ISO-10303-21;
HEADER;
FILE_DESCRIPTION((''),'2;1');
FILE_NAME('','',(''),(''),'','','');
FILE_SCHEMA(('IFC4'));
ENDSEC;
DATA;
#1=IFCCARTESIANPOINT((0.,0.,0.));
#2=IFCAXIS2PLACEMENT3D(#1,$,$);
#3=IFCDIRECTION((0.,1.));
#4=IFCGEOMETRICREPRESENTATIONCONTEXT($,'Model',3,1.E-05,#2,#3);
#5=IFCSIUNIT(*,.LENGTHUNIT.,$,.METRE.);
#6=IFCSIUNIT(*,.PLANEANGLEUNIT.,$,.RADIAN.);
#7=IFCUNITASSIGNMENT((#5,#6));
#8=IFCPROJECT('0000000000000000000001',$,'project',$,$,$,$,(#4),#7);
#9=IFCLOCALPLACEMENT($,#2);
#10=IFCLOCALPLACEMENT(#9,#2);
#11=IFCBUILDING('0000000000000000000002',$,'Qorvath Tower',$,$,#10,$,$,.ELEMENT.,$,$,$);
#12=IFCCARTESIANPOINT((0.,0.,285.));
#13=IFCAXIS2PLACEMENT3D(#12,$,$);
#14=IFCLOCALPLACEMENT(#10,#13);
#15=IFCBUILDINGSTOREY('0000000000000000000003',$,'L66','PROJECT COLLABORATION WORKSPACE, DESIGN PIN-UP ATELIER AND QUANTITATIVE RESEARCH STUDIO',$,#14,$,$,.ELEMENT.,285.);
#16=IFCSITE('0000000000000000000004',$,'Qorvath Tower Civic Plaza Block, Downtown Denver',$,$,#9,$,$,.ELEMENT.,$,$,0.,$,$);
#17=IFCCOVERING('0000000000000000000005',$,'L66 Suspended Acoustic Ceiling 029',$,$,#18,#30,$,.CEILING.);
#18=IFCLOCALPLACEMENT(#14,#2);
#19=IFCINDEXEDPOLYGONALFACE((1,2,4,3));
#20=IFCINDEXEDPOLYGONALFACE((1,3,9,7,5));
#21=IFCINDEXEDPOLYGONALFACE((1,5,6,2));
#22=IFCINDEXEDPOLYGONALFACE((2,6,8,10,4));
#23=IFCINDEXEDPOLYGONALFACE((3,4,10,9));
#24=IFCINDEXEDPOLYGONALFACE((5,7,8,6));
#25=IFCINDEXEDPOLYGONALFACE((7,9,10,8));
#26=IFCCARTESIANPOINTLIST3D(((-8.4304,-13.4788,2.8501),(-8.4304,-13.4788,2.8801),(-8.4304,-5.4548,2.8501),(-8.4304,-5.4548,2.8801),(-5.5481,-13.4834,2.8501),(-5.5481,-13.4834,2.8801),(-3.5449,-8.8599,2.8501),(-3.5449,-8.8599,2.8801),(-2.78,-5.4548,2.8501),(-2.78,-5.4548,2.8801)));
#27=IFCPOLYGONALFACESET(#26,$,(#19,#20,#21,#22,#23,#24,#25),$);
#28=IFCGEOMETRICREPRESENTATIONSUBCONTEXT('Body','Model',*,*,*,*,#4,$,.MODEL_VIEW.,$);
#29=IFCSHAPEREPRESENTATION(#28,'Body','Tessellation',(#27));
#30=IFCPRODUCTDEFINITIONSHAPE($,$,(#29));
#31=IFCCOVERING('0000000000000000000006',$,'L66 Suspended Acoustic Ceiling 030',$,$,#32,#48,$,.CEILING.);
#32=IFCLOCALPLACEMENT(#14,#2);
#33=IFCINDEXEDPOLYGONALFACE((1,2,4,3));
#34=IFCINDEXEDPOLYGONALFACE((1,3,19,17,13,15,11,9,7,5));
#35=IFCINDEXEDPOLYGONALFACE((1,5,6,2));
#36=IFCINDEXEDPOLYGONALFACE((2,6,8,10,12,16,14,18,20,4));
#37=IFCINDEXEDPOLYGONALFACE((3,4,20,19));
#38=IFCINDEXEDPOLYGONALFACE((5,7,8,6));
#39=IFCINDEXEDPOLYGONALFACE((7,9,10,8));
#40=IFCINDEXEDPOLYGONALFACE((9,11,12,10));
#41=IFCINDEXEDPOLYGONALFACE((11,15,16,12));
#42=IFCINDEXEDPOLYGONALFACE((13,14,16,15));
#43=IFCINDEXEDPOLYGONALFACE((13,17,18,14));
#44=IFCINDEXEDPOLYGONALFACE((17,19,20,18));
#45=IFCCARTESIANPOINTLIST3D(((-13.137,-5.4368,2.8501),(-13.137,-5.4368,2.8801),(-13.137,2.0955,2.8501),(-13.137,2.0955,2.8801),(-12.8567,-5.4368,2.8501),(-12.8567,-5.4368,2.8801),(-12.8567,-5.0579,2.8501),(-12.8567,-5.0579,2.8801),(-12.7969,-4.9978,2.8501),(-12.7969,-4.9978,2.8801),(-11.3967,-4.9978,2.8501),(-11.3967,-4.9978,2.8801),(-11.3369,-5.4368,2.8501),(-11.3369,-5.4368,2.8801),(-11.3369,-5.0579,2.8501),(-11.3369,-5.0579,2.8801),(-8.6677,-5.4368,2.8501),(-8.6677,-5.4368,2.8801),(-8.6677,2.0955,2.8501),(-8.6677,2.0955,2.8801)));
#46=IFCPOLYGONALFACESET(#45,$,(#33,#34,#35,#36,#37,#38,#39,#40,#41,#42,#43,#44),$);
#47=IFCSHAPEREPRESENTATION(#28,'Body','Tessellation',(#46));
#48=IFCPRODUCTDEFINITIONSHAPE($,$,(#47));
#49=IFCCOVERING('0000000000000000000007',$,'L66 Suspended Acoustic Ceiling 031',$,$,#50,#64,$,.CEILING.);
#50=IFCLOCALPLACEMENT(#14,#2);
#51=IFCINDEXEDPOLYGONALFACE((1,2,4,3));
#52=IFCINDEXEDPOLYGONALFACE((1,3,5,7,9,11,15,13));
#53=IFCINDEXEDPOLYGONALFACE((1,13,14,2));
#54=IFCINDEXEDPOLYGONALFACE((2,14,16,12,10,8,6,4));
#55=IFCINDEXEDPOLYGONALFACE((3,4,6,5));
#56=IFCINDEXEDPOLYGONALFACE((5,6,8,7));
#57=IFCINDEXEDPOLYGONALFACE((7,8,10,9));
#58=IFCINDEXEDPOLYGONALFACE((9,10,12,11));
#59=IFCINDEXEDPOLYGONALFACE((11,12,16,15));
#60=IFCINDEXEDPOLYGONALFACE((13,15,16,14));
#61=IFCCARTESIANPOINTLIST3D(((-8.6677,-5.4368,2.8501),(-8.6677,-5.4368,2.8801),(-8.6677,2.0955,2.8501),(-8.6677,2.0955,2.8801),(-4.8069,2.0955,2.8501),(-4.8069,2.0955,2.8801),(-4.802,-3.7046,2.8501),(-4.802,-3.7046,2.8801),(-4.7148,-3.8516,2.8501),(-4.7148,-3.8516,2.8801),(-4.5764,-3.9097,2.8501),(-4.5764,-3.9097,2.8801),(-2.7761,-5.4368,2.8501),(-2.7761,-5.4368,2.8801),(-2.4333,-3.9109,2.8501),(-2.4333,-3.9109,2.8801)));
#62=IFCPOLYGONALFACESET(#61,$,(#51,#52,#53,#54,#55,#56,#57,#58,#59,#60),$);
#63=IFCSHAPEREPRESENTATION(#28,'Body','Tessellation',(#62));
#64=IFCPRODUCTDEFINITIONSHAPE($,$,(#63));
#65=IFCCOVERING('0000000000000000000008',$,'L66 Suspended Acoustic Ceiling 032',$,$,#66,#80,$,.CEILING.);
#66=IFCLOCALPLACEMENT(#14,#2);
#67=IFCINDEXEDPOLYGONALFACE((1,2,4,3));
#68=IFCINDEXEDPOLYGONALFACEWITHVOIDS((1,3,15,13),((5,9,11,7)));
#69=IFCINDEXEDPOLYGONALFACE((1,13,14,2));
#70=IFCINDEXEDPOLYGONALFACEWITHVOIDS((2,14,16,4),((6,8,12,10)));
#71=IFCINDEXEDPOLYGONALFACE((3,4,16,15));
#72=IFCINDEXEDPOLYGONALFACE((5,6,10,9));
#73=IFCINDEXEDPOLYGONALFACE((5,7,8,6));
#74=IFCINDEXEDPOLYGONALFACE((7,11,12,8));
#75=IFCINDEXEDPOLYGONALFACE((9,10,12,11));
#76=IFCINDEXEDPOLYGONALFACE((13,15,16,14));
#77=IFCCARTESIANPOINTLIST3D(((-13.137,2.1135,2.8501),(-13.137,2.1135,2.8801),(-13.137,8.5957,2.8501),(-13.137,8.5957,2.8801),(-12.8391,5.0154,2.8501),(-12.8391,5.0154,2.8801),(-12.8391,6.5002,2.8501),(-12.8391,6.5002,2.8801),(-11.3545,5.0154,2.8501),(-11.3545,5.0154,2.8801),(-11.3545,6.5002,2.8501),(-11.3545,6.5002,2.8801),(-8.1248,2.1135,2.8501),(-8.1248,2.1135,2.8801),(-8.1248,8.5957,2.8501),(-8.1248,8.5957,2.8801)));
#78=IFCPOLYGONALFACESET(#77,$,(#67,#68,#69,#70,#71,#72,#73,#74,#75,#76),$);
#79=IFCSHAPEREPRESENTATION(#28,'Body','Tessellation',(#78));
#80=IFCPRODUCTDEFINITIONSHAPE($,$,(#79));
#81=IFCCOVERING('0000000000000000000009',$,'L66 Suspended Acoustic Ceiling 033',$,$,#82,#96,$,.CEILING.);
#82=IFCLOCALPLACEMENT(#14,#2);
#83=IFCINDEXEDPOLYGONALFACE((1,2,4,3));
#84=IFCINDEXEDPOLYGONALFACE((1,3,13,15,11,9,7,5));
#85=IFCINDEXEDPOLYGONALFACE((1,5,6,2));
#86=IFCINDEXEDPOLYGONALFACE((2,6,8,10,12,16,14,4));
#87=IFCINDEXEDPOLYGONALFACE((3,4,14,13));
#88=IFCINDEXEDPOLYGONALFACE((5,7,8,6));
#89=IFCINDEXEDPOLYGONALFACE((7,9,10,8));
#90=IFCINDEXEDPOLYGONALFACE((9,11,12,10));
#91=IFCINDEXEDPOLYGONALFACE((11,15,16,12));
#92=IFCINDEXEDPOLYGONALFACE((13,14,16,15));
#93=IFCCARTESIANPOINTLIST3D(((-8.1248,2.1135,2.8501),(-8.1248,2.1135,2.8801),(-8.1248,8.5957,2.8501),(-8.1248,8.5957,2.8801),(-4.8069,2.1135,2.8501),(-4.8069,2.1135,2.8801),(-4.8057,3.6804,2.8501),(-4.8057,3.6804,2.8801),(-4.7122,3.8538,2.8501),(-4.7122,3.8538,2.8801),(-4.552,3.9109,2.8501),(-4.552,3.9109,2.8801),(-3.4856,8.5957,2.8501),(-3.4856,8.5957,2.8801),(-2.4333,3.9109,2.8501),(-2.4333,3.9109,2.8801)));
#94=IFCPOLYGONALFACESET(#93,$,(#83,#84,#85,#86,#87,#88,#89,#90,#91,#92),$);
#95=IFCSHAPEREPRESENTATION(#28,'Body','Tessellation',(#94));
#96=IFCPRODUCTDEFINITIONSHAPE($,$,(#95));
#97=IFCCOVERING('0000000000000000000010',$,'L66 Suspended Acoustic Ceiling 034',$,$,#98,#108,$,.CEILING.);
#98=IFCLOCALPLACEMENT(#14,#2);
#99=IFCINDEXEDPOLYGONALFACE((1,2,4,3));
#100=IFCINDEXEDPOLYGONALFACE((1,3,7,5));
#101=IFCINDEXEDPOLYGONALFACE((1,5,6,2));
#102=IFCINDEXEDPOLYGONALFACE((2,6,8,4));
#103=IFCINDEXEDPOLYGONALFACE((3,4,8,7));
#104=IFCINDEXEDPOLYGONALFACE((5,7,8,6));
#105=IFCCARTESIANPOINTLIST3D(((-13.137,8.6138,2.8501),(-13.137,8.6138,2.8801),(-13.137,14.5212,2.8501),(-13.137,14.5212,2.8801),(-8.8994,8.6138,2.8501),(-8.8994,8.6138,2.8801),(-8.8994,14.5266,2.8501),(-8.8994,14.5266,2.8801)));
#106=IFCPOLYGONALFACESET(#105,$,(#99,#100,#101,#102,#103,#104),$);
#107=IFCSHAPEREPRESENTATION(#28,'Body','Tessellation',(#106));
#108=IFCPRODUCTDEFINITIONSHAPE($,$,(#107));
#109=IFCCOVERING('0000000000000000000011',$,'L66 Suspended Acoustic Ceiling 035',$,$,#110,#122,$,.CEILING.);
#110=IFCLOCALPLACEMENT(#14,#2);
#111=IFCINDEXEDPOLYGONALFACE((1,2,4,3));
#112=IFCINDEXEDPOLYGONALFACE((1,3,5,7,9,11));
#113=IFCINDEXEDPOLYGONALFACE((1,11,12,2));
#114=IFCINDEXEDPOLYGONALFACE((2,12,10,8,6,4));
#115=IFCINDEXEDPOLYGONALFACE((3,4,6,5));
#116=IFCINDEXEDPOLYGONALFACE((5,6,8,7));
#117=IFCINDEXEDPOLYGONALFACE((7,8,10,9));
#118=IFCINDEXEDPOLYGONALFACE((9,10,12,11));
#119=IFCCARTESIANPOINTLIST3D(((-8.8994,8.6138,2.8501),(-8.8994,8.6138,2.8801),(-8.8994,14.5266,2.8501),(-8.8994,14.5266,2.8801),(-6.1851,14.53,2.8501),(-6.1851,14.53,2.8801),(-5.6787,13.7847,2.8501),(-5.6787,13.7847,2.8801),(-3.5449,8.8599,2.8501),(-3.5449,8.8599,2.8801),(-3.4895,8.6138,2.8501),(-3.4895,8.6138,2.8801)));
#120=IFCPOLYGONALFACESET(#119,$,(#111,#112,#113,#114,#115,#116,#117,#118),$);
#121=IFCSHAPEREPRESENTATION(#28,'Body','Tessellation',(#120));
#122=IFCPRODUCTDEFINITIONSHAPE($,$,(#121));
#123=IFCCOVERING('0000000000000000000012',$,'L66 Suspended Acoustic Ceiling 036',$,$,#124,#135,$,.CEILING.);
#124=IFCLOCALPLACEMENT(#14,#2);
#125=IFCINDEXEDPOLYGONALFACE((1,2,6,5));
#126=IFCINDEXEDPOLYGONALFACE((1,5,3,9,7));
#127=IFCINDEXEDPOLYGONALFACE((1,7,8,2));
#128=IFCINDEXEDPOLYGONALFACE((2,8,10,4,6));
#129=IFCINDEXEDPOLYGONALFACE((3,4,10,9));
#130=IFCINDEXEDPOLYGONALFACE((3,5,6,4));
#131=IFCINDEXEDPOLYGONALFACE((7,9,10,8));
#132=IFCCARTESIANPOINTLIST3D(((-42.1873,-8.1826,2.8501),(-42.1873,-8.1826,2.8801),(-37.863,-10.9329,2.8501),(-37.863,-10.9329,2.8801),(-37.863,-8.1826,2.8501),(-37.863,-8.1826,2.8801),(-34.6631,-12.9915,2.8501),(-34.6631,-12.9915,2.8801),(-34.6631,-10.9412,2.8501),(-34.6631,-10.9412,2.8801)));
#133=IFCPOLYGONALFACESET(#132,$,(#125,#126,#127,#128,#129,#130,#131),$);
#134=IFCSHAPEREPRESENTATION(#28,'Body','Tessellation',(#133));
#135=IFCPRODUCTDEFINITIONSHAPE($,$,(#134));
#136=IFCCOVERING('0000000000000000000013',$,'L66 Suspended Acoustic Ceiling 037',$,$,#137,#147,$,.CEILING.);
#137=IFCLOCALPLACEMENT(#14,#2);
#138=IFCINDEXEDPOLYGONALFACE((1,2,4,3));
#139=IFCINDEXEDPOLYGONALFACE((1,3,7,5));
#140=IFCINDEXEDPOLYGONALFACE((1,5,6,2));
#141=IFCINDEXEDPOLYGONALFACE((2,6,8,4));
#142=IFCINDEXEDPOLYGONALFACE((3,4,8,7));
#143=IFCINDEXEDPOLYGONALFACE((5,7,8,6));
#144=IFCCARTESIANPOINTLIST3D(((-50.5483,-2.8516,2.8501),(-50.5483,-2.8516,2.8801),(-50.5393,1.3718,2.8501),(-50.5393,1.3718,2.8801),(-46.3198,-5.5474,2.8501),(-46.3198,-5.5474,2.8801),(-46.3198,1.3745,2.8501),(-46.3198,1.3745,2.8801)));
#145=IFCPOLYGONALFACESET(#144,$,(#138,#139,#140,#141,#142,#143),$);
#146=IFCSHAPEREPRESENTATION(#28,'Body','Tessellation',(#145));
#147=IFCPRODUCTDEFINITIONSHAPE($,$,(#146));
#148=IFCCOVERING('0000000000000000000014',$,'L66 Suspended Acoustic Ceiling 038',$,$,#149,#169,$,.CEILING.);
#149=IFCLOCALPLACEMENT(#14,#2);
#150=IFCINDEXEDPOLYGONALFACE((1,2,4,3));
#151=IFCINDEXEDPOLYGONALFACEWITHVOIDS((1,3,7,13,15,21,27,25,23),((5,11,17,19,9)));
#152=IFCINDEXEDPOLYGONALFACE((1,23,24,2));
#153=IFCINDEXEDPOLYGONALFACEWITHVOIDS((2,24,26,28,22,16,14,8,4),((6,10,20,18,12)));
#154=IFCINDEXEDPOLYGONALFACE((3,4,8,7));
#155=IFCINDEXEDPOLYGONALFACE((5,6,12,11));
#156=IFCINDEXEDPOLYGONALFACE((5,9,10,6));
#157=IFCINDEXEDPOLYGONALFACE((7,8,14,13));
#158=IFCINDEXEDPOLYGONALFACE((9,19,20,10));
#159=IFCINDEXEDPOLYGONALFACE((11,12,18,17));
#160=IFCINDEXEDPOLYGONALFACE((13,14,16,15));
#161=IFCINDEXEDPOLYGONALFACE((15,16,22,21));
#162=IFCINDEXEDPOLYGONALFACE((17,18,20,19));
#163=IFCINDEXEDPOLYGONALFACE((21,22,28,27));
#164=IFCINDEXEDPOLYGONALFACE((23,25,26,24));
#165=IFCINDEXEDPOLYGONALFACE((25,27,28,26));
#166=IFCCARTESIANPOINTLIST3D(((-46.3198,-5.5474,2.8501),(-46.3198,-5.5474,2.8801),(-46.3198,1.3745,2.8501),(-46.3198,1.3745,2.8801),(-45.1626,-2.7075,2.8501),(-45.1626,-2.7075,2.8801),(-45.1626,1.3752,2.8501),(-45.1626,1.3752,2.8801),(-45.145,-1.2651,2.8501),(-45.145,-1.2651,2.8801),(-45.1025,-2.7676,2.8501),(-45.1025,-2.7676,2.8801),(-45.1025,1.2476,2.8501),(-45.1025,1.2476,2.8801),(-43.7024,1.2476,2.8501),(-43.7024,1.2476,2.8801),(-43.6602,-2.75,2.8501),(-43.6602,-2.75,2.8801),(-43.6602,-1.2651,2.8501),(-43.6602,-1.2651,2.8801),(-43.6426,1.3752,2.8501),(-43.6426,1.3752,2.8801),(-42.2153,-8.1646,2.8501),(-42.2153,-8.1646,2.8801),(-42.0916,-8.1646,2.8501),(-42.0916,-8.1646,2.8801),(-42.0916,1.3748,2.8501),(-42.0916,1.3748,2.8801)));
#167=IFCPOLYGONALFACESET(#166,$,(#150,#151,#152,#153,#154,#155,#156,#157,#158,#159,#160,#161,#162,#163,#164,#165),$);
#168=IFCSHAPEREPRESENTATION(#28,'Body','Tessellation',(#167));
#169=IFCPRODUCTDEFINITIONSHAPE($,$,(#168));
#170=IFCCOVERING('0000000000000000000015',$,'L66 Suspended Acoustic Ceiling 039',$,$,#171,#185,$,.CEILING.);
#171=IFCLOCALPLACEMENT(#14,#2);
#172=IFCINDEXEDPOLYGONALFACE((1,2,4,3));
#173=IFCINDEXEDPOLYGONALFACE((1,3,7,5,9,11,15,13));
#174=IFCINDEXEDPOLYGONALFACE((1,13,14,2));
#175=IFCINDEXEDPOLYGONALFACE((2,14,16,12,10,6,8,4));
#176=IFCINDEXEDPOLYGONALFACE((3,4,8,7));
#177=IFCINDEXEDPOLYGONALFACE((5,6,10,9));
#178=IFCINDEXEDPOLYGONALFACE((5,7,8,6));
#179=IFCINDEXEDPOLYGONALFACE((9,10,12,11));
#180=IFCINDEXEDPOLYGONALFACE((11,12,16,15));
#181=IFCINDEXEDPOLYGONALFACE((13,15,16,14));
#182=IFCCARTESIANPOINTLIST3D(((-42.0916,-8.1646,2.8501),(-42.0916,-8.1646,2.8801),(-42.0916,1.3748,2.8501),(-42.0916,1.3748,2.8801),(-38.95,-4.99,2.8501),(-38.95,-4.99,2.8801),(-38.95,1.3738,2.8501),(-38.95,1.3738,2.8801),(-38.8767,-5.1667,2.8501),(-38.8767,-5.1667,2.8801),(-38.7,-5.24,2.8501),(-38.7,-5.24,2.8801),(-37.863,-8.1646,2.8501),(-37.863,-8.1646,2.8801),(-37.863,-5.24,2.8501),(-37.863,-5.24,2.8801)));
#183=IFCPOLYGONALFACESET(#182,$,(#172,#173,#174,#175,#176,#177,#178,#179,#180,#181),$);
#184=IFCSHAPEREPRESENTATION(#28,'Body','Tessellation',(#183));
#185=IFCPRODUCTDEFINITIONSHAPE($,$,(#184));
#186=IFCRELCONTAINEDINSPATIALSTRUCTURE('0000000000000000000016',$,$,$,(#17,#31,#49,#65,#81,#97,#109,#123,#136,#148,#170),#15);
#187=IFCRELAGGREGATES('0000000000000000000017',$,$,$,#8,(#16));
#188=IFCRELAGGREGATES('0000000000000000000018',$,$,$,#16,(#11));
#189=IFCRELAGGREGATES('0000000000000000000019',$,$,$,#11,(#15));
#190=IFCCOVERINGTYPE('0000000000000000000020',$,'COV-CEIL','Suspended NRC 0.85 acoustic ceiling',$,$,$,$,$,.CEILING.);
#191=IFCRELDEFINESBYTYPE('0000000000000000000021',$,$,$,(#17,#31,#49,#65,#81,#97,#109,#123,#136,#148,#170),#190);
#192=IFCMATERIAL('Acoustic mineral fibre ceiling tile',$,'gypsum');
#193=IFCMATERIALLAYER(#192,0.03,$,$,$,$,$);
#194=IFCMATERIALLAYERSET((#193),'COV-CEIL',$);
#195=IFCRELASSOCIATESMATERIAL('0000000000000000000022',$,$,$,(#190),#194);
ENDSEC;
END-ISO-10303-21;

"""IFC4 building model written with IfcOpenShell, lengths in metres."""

from ifc_helpers import new_model, si_unit, direction, frame, origin, place, context, subcontext, project, spatial, polyline, outline, extrude, material, layer, layer_set, type_object, element, save


model = new_model("IFC4")

# Units and contexts
model_context = context("Model", 3, precision=1e-05, world=origin(), true_north=direction((0.0, 1.0)))
body_context = subcontext(model_context, "Body", "Model", "MODEL_VIEW")
ifc_project = project(units=[si_unit("LENGTHUNIT", "METRE"), si_unit("PLANEANGLEUNIT", "RADIAN")], contexts=[model_context])

# Site, building, storey
site_placement = place(None, origin())
site = spatial("IfcSite", under=ifc_project, at=site_placement, Name="Qorvath Tower Civic Plaza Block, Downtown Denver", CompositionType="ELEMENT", RefElevation=0.0)
building_placement = place(site_placement, origin())
building = spatial("IfcBuilding", under=site, at=building_placement, Name="Qorvath Tower", CompositionType="ELEMENT")
storey_placement = place(building_placement, frame((0.0, 0.0, 285.0)))
storey = spatial("IfcBuildingStorey", under=building, at=storey_placement, Name="L66", Description="PROJECT COLLABORATION WORKSPACE, DESIGN PIN-UP ATELIER AND QUANTITATIVE RESEARCH STUDIO", CompositionType="ELEMENT", Elevation=285.0)

# Coverings
ifc_material_1 = material(Name="Acoustic mineral fibre ceiling tile", Category="gypsum")
ifc_layer_1 = layer(ifc_material_1, 0.03)
ifc_layer_set_1 = layer_set([ifc_layer_1], Name="COV-CEIL")
covering_type_1 = type_object("IfcCoveringType", Name="COV-CEIL", Description="Suspended NRC 0.85 acoustic ceiling", PredefinedType="CEILING", material=ifc_layer_set_1)
covering_1_placement = place(storey_placement, frame((0.0, 0.0, 2.8501)))
element("IfcCovering", 1, at=covering_1_placement, inside=storey, type_object=covering_type_1, Name="L66 Suspended Acoustic Ceiling 029", PredefinedType="CEILING", context=body_context, shape_type="SweptSolid", body=[
    extrude(outline(polyline([(-8.4304, -5.4548), (-8.4304, -13.4788), (-5.5481, -13.4834), (-3.5449, -8.8599), (-2.78, -5.4548), (-8.4304, -5.4548)])), origin(), (0.0, 0.0, 1.0), 0.03),
])
covering_2_placement = place(storey_placement, frame((0.0, 0.0, 2.8501)))
element("IfcCovering", 2, at=covering_2_placement, inside=storey, type_object=covering_type_1, Name="L66 Suspended Acoustic Ceiling 030", PredefinedType="CEILING", context=body_context, shape_type="SweptSolid", body=[
    extrude(outline(polyline([(-8.6677, -5.4368), (-8.6677, 2.0955), (-13.137, 2.0955), (-13.137, -5.4368), (-12.8567, -5.4368), (-12.8567, -5.0579), (-12.7969, -4.9978), (-11.3967, -4.9978), (-11.3369, -5.0579), (-11.3369, -5.4368), (-8.6677, -5.4368)])), origin(), (0.0, 0.0, 1.0), 0.03),
])
covering_3_placement = place(storey_placement, frame((0.0, 0.0, 2.8501)))
element("IfcCovering", 3, at=covering_3_placement, inside=storey, type_object=covering_type_1, Name="L66 Suspended Acoustic Ceiling 031", PredefinedType="CEILING", context=body_context, shape_type="SweptSolid", body=[
    extrude(outline(polyline([(-4.7148, -3.8516), (-4.802, -3.7046), (-4.8069, 2.0955), (-8.6677, 2.0955), (-8.6677, -5.4368), (-2.7761, -5.4368), (-2.4333, -3.9109), (-4.5764, -3.9097), (-4.7148, -3.8516)])), origin(), (0.0, 0.0, 1.0), 0.03),
])
covering_4_placement = place(storey_placement, frame((0.0, 0.0, 2.8501)))
element("IfcCovering", 4, at=covering_4_placement, inside=storey, type_object=covering_type_1, Name="L66 Suspended Acoustic Ceiling 032", PredefinedType="CEILING", context=body_context, shape_type="SweptSolid", body=[
    extrude(outline(polyline([(-8.1248, 2.1135), (-8.1248, 8.5957), (-13.137, 8.5957), (-13.137, 2.1135), (-8.1248, 2.1135)]), holes=[polyline([(-12.8391, 5.0154), (-12.8391, 6.5002), (-11.3545, 6.5002), (-11.3545, 5.0154), (-12.8391, 5.0154)])]), origin(), (0.0, 0.0, 1.0), 0.03),
])
covering_5_placement = place(storey_placement, frame((0.0, 0.0, 2.8501)))
element("IfcCovering", 5, at=covering_5_placement, inside=storey, type_object=covering_type_1, Name="L66 Suspended Acoustic Ceiling 033", PredefinedType="CEILING", context=body_context, shape_type="SweptSolid", body=[
    extrude(outline(polyline([(-4.7122, 3.8538), (-4.552, 3.9109), (-2.4333, 3.9109), (-3.4856, 8.5957), (-8.1248, 8.5957), (-8.1248, 2.1135), (-4.8069, 2.1135), (-4.8057, 3.6804), (-4.7122, 3.8538)])), origin(), (0.0, 0.0, 1.0), 0.03),
])
covering_6_placement = place(storey_placement, frame((0.0, 0.0, 2.8501)))
element("IfcCovering", 6, at=covering_6_placement, inside=storey, type_object=covering_type_1, Name="L66 Suspended Acoustic Ceiling 034", PredefinedType="CEILING", context=body_context, shape_type="SweptSolid", body=[
    extrude(outline(polyline([(-13.137, 8.6138), (-8.8994, 8.6138), (-8.8994, 14.5266), (-13.137, 14.5212), (-13.137, 8.6138)])), origin(), (0.0, 0.0, 1.0), 0.03),
])
covering_7_placement = place(storey_placement, frame((0.0, 0.0, 2.8501)))
element("IfcCovering", 7, at=covering_7_placement, inside=storey, type_object=covering_type_1, Name="L66 Suspended Acoustic Ceiling 035", PredefinedType="CEILING", context=body_context, shape_type="SweptSolid", body=[
    extrude(outline(polyline([(-8.8994, 14.5266), (-8.8994, 8.6138), (-3.4895, 8.6138), (-3.5449, 8.8599), (-5.6787, 13.7847), (-6.1851, 14.53), (-8.8994, 14.5266)])), origin(), (0.0, 0.0, 1.0), 0.03),
])
covering_8_placement = place(storey_placement, frame((0.0, 0.0, 2.8501)))
element("IfcCovering", 8, at=covering_8_placement, inside=storey, type_object=covering_type_1, Name="L66 Suspended Acoustic Ceiling 036", PredefinedType="CEILING", context=body_context, shape_type="SweptSolid", body=[
    extrude(outline(polyline([(-37.863, -8.1826), (-42.1873, -8.1826), (-34.6631, -12.9915), (-34.6631, -10.9412), (-37.863, -10.9329), (-37.863, -8.1826)])), origin(), (0.0, 0.0, 1.0), 0.03),
])
covering_9_placement = place(storey_placement, frame((0.0, 0.0, 2.8501)))
element("IfcCovering", 9, at=covering_9_placement, inside=storey, type_object=covering_type_1, Name="L66 Suspended Acoustic Ceiling 037", PredefinedType="CEILING", context=body_context, shape_type="SweptSolid", body=[
    extrude(outline(polyline([(-50.5393, 1.3718), (-50.5483, -2.8516), (-46.3198, -5.5474), (-46.3198, 1.3745), (-50.5393, 1.3718)])), origin(), (0.0, 0.0, 1.0), 0.03),
])
covering_10_placement = place(storey_placement, frame((0.0, 0.0, 2.8501)))
element("IfcCovering", 10, at=covering_10_placement, inside=storey, type_object=covering_type_1, Name="L66 Suspended Acoustic Ceiling 038", PredefinedType="CEILING", context=body_context, shape_type="SweptSolid", body=[
    extrude(outline(polyline([(-46.3198, 1.3745), (-46.3198, -5.5474), (-42.2153, -8.1646), (-42.0916, -8.1646), (-42.0916, 1.3748), (-43.6426, 1.3752), (-43.7024, 1.2476), (-45.1025, 1.2476), (-45.1626, 1.3752), (-46.3198, 1.3745)]), holes=[polyline([(-45.1626, -2.7075), (-45.145, -1.2651), (-43.6602, -1.2651), (-43.6602, -2.75), (-45.1025, -2.7676), (-45.1626, -2.7075)])]), origin(), (0.0, 0.0, 1.0), 0.03),
])
covering_11_placement = place(storey_placement, frame((0.0, 0.0, 2.8501)))
element("IfcCovering", 11, at=covering_11_placement, inside=storey, type_object=covering_type_1, Name="L66 Suspended Acoustic Ceiling 039", PredefinedType="CEILING", context=body_context, shape_type="SweptSolid", body=[
    extrude(outline(polyline([(-42.0916, 1.3748), (-42.0916, -8.1646), (-37.863, -8.1646), (-37.863, -5.24), (-38.7, -5.24), (-38.8767, -5.1667), (-38.95, -4.99), (-38.95, 1.3738), (-42.0916, 1.3748)])), origin(), (0.0, 0.0, 1.0), 0.03),
])

save(model, "model.ifc")
